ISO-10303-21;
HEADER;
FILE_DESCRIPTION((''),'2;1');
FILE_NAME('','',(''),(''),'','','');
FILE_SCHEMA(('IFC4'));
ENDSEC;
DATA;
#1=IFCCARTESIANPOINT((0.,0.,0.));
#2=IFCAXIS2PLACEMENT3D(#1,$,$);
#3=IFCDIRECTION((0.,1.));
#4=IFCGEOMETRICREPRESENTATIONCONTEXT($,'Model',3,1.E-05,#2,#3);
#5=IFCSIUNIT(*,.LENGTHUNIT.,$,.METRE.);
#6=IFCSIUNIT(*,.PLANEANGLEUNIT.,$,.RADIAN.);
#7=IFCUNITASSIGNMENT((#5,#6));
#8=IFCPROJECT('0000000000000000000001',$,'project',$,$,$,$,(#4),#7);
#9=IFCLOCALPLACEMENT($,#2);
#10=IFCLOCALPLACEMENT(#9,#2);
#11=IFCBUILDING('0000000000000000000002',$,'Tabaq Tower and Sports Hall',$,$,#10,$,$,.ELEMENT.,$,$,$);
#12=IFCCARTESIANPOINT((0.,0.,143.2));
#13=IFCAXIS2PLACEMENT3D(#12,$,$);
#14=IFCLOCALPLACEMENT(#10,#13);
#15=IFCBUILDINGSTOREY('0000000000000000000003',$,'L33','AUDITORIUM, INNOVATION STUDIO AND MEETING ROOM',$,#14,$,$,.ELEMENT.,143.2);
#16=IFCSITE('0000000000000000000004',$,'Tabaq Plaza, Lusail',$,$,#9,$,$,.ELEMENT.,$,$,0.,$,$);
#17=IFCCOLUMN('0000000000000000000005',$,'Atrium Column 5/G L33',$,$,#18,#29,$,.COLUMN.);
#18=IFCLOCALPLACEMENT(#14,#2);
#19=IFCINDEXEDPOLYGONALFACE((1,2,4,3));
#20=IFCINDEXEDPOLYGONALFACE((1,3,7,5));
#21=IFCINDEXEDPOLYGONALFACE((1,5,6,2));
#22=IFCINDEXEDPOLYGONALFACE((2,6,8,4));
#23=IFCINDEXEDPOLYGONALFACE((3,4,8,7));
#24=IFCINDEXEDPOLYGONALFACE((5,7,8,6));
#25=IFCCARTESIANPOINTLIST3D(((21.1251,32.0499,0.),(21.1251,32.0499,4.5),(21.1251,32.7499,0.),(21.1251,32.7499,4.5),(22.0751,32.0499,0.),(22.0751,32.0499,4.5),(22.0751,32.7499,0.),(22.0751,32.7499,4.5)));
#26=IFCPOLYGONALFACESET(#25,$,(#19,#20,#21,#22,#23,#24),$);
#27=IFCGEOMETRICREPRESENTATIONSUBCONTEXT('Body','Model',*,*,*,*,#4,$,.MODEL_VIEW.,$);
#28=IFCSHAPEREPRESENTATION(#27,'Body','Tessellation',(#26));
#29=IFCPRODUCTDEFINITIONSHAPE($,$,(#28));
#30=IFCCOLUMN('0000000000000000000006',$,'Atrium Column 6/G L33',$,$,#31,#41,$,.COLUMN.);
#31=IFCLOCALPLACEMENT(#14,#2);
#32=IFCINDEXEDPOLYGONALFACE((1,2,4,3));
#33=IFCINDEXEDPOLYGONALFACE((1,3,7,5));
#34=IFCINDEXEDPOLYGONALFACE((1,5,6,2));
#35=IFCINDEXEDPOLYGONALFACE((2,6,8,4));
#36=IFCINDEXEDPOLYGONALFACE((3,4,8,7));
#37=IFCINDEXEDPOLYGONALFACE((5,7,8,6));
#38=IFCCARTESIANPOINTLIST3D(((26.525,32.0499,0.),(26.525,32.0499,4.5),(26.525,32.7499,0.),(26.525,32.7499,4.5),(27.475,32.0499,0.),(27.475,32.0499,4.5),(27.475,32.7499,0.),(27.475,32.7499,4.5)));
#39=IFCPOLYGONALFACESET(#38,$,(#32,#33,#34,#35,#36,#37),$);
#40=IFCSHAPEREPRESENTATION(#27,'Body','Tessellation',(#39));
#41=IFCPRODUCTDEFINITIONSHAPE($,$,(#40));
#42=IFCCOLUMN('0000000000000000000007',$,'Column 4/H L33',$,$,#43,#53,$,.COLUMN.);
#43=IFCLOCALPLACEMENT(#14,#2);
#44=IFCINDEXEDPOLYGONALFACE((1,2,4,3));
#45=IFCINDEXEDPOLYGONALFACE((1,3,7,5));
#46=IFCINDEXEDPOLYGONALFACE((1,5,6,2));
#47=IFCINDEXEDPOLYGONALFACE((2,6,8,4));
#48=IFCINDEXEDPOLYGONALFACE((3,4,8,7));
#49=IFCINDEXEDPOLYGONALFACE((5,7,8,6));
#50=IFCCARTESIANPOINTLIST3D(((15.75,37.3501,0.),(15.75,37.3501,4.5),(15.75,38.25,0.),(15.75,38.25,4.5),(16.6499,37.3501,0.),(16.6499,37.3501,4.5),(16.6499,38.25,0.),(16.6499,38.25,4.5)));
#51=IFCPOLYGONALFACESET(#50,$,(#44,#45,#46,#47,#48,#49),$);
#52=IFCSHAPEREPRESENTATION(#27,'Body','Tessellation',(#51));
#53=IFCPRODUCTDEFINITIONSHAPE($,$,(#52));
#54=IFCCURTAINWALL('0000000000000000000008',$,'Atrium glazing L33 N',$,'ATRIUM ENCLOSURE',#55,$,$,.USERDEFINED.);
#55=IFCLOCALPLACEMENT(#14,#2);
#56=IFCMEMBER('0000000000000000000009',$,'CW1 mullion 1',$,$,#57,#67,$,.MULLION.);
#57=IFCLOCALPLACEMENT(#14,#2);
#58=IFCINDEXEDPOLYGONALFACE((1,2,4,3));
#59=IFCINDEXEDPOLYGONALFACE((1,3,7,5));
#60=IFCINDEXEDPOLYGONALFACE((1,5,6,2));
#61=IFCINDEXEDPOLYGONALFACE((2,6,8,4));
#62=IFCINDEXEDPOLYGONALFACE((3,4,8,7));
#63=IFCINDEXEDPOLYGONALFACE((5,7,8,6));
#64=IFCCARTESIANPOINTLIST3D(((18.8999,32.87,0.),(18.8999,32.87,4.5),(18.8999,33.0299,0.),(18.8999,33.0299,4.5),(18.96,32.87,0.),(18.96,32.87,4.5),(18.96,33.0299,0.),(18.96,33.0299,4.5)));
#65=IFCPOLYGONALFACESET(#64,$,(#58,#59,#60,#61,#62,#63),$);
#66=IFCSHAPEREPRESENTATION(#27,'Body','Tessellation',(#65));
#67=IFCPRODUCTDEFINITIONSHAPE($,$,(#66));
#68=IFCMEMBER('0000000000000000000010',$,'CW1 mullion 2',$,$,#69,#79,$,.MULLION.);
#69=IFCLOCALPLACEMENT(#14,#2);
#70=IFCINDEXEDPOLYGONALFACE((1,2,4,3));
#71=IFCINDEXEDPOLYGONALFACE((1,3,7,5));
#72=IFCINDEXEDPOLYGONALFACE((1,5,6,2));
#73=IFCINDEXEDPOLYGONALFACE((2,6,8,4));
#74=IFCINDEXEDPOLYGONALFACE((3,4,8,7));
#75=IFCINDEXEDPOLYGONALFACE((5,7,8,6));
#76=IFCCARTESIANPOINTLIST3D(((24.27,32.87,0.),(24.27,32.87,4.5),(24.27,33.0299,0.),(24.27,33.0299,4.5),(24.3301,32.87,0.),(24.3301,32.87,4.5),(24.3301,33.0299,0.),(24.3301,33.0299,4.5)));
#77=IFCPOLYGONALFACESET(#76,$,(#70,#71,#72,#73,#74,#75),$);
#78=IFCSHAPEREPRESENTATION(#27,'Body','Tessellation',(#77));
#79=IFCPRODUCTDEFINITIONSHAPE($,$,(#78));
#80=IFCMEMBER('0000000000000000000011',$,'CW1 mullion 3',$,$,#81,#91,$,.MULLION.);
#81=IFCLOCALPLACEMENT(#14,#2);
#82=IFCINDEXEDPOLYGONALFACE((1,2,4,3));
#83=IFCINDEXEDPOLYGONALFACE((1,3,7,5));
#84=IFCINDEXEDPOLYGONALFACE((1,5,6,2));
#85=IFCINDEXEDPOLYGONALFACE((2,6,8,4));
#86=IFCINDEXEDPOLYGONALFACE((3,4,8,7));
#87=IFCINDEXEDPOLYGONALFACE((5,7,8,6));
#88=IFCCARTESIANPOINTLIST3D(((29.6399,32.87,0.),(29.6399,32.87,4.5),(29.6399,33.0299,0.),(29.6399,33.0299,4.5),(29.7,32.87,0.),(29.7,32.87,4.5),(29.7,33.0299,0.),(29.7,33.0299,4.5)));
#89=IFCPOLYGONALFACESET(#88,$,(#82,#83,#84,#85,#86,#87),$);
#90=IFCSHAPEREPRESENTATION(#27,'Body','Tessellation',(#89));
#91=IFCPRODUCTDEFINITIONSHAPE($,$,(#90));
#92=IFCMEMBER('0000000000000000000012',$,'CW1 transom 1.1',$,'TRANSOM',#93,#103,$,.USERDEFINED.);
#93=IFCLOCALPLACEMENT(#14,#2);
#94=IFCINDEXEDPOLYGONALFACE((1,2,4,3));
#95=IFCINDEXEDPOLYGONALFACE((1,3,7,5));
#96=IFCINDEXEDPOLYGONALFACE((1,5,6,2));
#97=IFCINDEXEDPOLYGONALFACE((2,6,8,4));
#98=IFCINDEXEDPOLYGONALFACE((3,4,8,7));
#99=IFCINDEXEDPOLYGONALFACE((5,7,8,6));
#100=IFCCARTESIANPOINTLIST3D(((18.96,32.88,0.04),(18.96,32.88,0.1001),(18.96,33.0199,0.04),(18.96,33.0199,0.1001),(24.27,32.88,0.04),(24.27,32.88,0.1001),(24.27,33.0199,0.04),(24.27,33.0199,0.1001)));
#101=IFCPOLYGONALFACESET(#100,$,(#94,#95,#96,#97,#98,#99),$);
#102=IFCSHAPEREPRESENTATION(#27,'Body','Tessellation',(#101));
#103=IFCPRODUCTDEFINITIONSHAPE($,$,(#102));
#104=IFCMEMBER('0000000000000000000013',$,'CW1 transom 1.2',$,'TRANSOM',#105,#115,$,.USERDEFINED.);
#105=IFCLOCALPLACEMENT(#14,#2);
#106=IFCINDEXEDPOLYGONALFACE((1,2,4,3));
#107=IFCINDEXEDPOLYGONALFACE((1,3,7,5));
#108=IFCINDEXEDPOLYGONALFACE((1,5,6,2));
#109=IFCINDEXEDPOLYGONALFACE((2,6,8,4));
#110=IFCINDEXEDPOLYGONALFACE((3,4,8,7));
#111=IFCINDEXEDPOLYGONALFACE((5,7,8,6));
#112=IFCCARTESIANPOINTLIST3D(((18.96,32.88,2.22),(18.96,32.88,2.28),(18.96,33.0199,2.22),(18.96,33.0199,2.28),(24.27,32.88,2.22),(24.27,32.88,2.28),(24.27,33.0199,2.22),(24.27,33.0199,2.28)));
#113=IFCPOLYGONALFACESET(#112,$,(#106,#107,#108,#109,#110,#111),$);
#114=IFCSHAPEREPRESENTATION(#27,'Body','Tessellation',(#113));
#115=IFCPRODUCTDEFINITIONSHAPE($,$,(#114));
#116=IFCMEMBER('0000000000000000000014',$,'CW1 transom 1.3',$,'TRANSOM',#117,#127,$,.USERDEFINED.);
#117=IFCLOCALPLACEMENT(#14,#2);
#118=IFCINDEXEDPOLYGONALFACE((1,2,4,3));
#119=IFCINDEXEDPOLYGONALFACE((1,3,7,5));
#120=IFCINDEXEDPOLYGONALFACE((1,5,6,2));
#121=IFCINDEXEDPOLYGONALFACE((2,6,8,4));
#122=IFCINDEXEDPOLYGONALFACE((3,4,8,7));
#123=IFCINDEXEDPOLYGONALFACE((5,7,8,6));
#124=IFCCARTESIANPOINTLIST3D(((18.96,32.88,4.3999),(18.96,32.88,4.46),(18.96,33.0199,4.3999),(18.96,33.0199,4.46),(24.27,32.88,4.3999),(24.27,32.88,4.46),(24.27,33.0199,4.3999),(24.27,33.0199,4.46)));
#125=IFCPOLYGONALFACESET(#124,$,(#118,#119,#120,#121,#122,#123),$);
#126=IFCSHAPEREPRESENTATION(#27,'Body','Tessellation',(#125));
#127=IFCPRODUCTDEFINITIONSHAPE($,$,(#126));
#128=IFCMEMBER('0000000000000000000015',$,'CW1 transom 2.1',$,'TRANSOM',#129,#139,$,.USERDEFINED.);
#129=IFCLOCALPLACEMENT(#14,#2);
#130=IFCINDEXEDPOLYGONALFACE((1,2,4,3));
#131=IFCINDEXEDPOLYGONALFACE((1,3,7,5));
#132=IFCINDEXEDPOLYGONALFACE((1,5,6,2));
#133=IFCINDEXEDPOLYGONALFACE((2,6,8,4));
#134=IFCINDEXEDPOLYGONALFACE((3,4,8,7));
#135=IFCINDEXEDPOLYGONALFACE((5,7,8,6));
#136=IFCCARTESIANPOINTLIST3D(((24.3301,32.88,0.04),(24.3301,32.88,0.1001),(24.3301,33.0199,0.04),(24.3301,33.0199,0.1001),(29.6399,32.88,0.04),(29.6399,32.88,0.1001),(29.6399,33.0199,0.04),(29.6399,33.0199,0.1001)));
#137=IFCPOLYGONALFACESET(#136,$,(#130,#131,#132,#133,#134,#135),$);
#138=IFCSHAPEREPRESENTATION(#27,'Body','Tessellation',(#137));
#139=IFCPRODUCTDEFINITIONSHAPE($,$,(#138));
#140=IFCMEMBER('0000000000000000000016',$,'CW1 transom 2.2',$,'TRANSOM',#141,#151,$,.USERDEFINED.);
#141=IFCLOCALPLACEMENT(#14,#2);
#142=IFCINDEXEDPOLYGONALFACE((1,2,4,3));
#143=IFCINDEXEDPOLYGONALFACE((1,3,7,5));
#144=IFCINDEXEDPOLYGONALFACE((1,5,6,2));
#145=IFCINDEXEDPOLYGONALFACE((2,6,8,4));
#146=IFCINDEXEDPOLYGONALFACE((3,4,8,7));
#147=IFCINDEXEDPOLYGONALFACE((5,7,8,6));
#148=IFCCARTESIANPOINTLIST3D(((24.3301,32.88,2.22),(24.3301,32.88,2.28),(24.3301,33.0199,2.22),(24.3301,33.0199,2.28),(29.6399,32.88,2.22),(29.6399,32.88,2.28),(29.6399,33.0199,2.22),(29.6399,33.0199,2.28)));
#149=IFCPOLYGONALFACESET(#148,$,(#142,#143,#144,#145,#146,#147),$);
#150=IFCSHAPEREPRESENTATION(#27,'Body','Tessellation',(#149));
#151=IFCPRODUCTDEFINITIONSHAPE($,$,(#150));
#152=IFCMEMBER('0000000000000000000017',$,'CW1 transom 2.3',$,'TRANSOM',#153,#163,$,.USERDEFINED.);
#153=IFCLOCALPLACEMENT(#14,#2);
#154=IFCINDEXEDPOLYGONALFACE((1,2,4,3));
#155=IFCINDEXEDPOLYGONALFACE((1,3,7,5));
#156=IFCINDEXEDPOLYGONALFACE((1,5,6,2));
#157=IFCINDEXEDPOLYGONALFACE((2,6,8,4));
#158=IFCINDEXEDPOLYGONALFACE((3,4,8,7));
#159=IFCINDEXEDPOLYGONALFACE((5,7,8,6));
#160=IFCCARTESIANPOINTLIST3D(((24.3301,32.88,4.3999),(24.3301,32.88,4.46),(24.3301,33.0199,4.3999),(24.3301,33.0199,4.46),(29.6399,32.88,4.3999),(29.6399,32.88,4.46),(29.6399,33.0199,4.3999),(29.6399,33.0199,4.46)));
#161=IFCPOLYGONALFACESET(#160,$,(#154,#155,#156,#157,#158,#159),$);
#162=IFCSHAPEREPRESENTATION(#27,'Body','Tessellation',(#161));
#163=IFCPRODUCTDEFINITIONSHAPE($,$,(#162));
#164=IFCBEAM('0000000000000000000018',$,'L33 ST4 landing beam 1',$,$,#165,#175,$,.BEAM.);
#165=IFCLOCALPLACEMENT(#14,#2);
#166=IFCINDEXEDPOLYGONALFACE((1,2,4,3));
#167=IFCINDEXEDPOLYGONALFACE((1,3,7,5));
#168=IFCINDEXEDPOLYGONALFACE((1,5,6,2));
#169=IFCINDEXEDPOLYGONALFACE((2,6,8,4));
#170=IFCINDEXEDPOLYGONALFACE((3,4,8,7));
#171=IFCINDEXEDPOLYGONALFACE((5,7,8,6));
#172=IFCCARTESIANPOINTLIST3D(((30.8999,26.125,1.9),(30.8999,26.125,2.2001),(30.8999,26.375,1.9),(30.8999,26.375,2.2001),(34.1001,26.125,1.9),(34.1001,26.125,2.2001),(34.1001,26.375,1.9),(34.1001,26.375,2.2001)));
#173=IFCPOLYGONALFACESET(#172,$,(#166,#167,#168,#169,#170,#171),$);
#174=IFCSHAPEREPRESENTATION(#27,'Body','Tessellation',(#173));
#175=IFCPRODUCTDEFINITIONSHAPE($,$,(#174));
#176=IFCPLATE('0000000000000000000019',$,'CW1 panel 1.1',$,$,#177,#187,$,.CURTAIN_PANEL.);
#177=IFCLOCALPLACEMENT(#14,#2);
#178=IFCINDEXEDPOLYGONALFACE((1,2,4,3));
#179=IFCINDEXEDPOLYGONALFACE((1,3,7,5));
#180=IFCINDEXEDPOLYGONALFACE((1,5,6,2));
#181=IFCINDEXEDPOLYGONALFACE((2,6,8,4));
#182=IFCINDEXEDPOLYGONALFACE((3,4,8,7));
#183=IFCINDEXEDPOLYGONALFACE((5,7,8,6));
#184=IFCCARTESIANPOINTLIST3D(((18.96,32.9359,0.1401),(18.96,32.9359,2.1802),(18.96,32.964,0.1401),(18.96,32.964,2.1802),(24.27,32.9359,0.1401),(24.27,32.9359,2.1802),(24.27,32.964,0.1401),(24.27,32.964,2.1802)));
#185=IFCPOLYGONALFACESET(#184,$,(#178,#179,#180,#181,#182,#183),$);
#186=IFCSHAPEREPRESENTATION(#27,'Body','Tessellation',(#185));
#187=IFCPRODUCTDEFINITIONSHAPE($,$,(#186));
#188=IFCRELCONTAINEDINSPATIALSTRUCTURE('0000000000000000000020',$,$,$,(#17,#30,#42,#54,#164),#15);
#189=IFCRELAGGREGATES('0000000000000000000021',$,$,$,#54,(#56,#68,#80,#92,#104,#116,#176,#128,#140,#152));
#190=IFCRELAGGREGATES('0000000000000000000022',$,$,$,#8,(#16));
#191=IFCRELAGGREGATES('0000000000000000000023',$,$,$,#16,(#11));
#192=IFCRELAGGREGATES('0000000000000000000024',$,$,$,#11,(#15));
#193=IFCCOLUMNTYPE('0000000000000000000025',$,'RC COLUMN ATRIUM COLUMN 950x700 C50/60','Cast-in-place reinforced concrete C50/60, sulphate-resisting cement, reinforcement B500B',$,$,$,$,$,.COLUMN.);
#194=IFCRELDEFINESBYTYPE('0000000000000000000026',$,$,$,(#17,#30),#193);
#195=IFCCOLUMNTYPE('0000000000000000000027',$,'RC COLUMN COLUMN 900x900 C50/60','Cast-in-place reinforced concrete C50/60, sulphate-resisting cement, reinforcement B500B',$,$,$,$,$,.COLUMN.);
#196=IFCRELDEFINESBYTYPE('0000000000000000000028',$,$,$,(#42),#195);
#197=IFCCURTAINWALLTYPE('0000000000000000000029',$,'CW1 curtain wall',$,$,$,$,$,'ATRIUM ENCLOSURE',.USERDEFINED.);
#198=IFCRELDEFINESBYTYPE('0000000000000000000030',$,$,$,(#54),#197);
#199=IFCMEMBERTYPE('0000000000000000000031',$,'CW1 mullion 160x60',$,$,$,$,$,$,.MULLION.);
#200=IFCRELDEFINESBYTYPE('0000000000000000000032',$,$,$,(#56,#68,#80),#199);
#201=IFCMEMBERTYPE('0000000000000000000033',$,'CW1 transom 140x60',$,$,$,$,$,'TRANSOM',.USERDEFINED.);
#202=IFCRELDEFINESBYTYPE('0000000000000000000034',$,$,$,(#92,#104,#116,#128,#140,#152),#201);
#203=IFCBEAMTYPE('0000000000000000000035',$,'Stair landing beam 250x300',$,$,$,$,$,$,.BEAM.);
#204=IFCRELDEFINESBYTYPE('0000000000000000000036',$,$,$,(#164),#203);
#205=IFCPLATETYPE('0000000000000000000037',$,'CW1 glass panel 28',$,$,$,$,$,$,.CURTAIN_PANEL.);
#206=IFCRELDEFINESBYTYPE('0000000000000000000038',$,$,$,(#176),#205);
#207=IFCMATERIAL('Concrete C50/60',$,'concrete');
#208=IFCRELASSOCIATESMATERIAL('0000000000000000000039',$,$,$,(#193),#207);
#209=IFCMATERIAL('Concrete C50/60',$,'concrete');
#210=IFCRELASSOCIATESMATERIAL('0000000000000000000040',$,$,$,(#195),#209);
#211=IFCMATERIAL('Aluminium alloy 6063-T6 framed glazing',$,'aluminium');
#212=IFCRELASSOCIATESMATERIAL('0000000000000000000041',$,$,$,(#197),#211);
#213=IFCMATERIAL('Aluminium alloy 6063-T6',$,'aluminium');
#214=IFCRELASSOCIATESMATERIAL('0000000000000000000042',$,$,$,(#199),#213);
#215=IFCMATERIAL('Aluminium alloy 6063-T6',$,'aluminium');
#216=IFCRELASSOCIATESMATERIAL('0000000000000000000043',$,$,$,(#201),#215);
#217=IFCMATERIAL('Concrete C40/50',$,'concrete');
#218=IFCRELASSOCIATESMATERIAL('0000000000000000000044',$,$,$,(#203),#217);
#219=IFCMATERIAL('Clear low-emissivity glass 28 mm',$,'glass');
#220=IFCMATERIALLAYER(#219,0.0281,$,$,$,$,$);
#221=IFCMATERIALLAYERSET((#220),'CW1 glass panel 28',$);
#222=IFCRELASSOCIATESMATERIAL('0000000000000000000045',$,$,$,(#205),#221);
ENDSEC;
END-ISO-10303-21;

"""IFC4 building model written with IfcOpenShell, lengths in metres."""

from ifc_helpers import new_model, si_unit, direction, frame, origin, origin_2d, place, context, subcontext, project, spatial, rectangle, extrude, material, layer, layer_set, material_profile, profile_set, type_object, element, aggregate, save


model = new_model("IFC4")

# Units and contexts
model_context = context("Model", 3, precision=1e-05, world=origin(), true_north=direction((0.0, 1.0)))
body_context = subcontext(model_context, "Body", "Model", "MODEL_VIEW")
ifc_project = project(units=[si_unit("LENGTHUNIT", "METRE"), si_unit("PLANEANGLEUNIT", "RADIAN")], contexts=[model_context])

# Site, building, storey
site_placement = place(None, origin())
site = spatial("IfcSite", under=ifc_project, at=site_placement, Name="Tabaq Plaza, Lusail", CompositionType="ELEMENT", RefElevation=0.0)
building_placement = place(site_placement, origin())
building = spatial("IfcBuilding", under=site, at=building_placement, Name="Tabaq Tower and Sports Hall", CompositionType="ELEMENT")
storey_placement = place(building_placement, frame((0.0, 0.0, 143.2)))
storey = spatial("IfcBuildingStorey", under=building, at=storey_placement, Name="L33", Description="AUDITORIUM, INNOVATION STUDIO AND MEETING ROOM", CompositionType="ELEMENT", Elevation=143.2)

# Columns
ifc_material_1 = material(Name="Concrete C50/60", Category="concrete")
ifc_material_profile_1 = material_profile(ifc_material_1, rectangle(XDim=0.95, YDim=0.7, at=origin_2d()), Name="ATRIUM COLUMN 950x700")
ifc_profile_set_1 = profile_set([ifc_material_profile_1], Name="Concrete C50/60")
column_type_1 = type_object("IfcColumnType", Name="RC COLUMN ATRIUM COLUMN 950x700 C50/60", Description="Cast-in-place reinforced concrete C50/60, sulphate-resisting cement, reinforcement B500B", PredefinedType="COLUMN", material=ifc_profile_set_1)
for number, where, z_axis, x_axis, name in (
    (1, (21.6001, 32.3999, 0.0), (0.0, 0.0, 1.0), (1.0, 0.0, 0.0), "Atrium Column 5/G L33"),
    (2, (27.0, 32.3999, 0.0), (0.0, 0.0, 1.0), (1.0, 0.0, 0.0), "Atrium Column 6/G L33"),
):
    element("IfcColumn", number, at=place(storey_placement, frame(where, z_axis=z_axis, x_axis=x_axis)), inside=storey, type_object=column_type_1, Name=name, PredefinedType="COLUMN", context=body_context, shape_type="SweptSolid", body=[
        extrude(rectangle(XDim=0.95, YDim=0.7, at=origin_2d()), origin(), (0.0, 0.0, 1.0), 4.5),
    ])
ifc_material_2 = material(Name="Concrete C50/60", Category="concrete")
ifc_material_profile_2 = material_profile(ifc_material_2, rectangle(XDim=0.8999, YDim=0.8999, at=origin_2d()), Name="COLUMN 900x900")
ifc_profile_set_2 = profile_set([ifc_material_profile_2], Name="Concrete C50/60")
column_type_2 = type_object("IfcColumnType", Name="RC COLUMN COLUMN 900x900 C50/60", Description="Cast-in-place reinforced concrete C50/60, sulphate-resisting cement, reinforcement B500B", PredefinedType="COLUMN", material=ifc_profile_set_2)
column_placement = place(storey_placement, frame((16.2, 37.8, 0.0), z_axis=(0.0, 0.0, 1.0), x_axis=(1.0, 0.0, 0.0)))
element("IfcColumn", 3, at=column_placement, inside=storey, type_object=column_type_2, Name="Column 4/H L33", PredefinedType="COLUMN", context=body_context, shape_type="SweptSolid", body=[
    extrude(rectangle(XDim=0.8999, YDim=0.8999, at=origin_2d()), origin(), (0.0, 0.0, 1.0), 4.5),
])

# Curtain wall, members
ifc_material_3 = material(Name="Aluminium alloy 6063-T6 framed glazing", Category="aluminium")
curtain_wall_type = type_object("IfcCurtainWallType", Name="CW1 curtain wall", ElementType="ATRIUM ENCLOSURE", PredefinedType="USERDEFINED", material=ifc_material_3)
curtain_wall_placement = place(storey_placement, origin())
curtain_wall = element("IfcCurtainWall", 4, at=curtain_wall_placement, inside=storey, type_object=curtain_wall_type, Name="Atrium glazing L33 N", ObjectType="ATRIUM ENCLOSURE", PredefinedType="USERDEFINED")
ifc_material_4 = material(Name="Aluminium alloy 6063-T6", Category="aluminium")
ifc_material_profile_3 = material_profile(ifc_material_4, rectangle(XDim=0.1599, YDim=0.0601, at=origin_2d()), Name="MULLION 160x60")
ifc_profile_set_3 = profile_set([ifc_material_profile_3], Name="Aluminium alloy 6063-T6")
member_type_1 = type_object("IfcMemberType", Name="CW1 mullion 160x60", PredefinedType="MULLION", material=ifc_profile_set_3)
member_1_placement = place(storey_placement, frame((18.9299, 32.95, 0.0), z_axis=(0.0, 0.0, 1.0), x_axis=(0.0, 1.0, 0.0)))
member_1 = element("IfcMember", 5, at=member_1_placement, type_object=member_type_1, Name="CW1 mullion 1", PredefinedType="MULLION", context=body_context, shape_type="SweptSolid", body=[
    extrude(rectangle(XDim=0.1599, YDim=0.0601, at=origin_2d()), origin(), (0.0, 0.0, 1.0), 4.5),
])
member_2_placement = place(storey_placement, frame((24.3, 32.95, 0.0), z_axis=(0.0, 0.0, 1.0), x_axis=(0.0, 1.0, 0.0)))
member_2 = element("IfcMember", 6, at=member_2_placement, type_object=member_type_1, Name="CW1 mullion 2", PredefinedType="MULLION", context=body_context, shape_type="SweptSolid", body=[
    extrude(rectangle(XDim=0.1599, YDim=0.0601, at=origin_2d()), origin(), (0.0, 0.0, 1.0), 4.5),
])
member_3_placement = place(storey_placement, frame((29.6699, 32.95, 0.0), z_axis=(0.0, 0.0, 1.0), x_axis=(0.0, 1.0, 0.0)))
member_3 = element("IfcMember", 7, at=member_3_placement, type_object=member_type_1, Name="CW1 mullion 3", PredefinedType="MULLION", context=body_context, shape_type="SweptSolid", body=[
    extrude(rectangle(XDim=0.1599, YDim=0.0601, at=origin_2d()), origin(), (0.0, 0.0, 1.0), 4.5),
])
ifc_material_5 = material(Name="Aluminium alloy 6063-T6", Category="aluminium")
ifc_material_profile_4 = material_profile(ifc_material_5, rectangle(XDim=0.1399, YDim=0.0601, at=origin_2d()), Name="TRANSOM 140x60")
ifc_profile_set_4 = profile_set([ifc_material_profile_4], Name="Aluminium alloy 6063-T6")
member_type_2 = type_object("IfcMemberType", Name="CW1 transom 140x60", ElementType="TRANSOM", PredefinedType="USERDEFINED", material=ifc_profile_set_4)
member_4_placement = place(storey_placement, frame((18.96, 32.95, 0.0701), z_axis=(1.0, 0.0, 0.0), x_axis=(0.0, 1.0, 0.0)))
member_4 = element("IfcMember", 8, at=member_4_placement, type_object=member_type_2, Name="CW1 transom 1.1", ObjectType="TRANSOM", PredefinedType="USERDEFINED", context=body_context, shape_type="SweptSolid", body=[
    extrude(rectangle(XDim=0.1399, YDim=0.0601, at=origin_2d()), origin(), (0.0, 0.0, 1.0), 5.3101),
])
member_5_placement = place(storey_placement, frame((18.96, 32.95, 2.25), z_axis=(1.0, 0.0, 0.0), x_axis=(0.0, 1.0, 0.0)))
member_5 = element("IfcMember", 9, at=member_5_placement, type_object=member_type_2, Name="CW1 transom 1.2", ObjectType="TRANSOM", PredefinedType="USERDEFINED", context=body_context, shape_type="SweptSolid", body=[
    extrude(rectangle(XDim=0.1399, YDim=0.0601, at=origin_2d()), origin(), (0.0, 0.0, 1.0), 5.3101),
])
member_6_placement = place(storey_placement, frame((18.96, 32.95, 4.4299), z_axis=(1.0, 0.0, 0.0), x_axis=(0.0, 1.0, 0.0)))
member_6 = element("IfcMember", 10, at=member_6_placement, type_object=member_type_2, Name="CW1 transom 1.3", ObjectType="TRANSOM", PredefinedType="USERDEFINED", context=body_context, shape_type="SweptSolid", body=[
    extrude(rectangle(XDim=0.1399, YDim=0.0601, at=origin_2d()), origin(), (0.0, 0.0, 1.0), 5.3101),
])
member_7_placement = place(storey_placement, frame((24.3301, 32.95, 0.0701), z_axis=(1.0, 0.0, 0.0), x_axis=(0.0, 1.0, 0.0)))
member_7 = element("IfcMember", 11, at=member_7_placement, type_object=member_type_2, Name="CW1 transom 2.1", ObjectType="TRANSOM", PredefinedType="USERDEFINED", context=body_context, shape_type="SweptSolid", body=[
    extrude(rectangle(XDim=0.1399, YDim=0.0601, at=origin_2d()), origin(), (0.0, 0.0, 1.0), 5.3098),
])
member_8_placement = place(storey_placement, frame((24.3301, 32.95, 2.25), z_axis=(1.0, 0.0, 0.0), x_axis=(0.0, 1.0, 0.0)))
member_8 = element("IfcMember", 12, at=member_8_placement, type_object=member_type_2, Name="CW1 transom 2.2", ObjectType="TRANSOM", PredefinedType="USERDEFINED", context=body_context, shape_type="SweptSolid", body=[
    extrude(rectangle(XDim=0.1399, YDim=0.0601, at=origin_2d()), origin(), (0.0, 0.0, 1.0), 5.3098),
])
member_9_placement = place(storey_placement, frame((24.3301, 32.95, 4.4299), z_axis=(1.0, 0.0, 0.0), x_axis=(0.0, 1.0, 0.0)))
member_9 = element("IfcMember", 13, at=member_9_placement, type_object=member_type_2, Name="CW1 transom 2.3", ObjectType="TRANSOM", PredefinedType="USERDEFINED", context=body_context, shape_type="SweptSolid", body=[
    extrude(rectangle(XDim=0.1399, YDim=0.0601, at=origin_2d()), origin(), (0.0, 0.0, 1.0), 5.3098),
])

# Beam
ifc_material_6 = material(Name="Concrete C40/50", Category="concrete")
ifc_material_profile_5 = material_profile(ifc_material_6, rectangle(XDim=0.25, YDim=0.3, at=origin_2d()), Name="RC 250x300")
ifc_profile_set_5 = profile_set([ifc_material_profile_5], Name="Concrete C40/50")
beam_type = type_object("IfcBeamType", Name="Stair landing beam 250x300", PredefinedType="BEAM", material=ifc_profile_set_5)
beam_placement = place(storey_placement, frame((30.8999, 26.25, 2.05), z_axis=(1.0, 0.0, 0.0), x_axis=(0.0, 1.0, 0.0)))
element("IfcBeam", 14, at=beam_placement, inside=storey, type_object=beam_type, Name="L33 ST4 landing beam 1", PredefinedType="BEAM", context=body_context, shape_type="SweptSolid", body=[
    extrude(rectangle(XDim=0.25, YDim=0.3, at=origin_2d()), origin(), (0.0, 0.0, 1.0), 3.2002),
])

# Plate
ifc_material_7 = material(Name="Clear low-emissivity glass 28 mm", Category="glass")
ifc_layer_1 = layer(ifc_material_7, 0.0281)
ifc_layer_set_1 = layer_set([ifc_layer_1], Name="CW1 glass panel 28")
plate_type = type_object("IfcPlateType", Name="CW1 glass panel 28", PredefinedType="CURTAIN_PANEL", material=ifc_layer_set_1)
plate_1_placement = place(storey_placement, frame((21.615, 32.95, 0.1401), z_axis=(0.0, 0.0, 1.0), x_axis=(1.0, 0.0, 0.0)))
plate_1 = element("IfcPlate", 15, at=plate_1_placement, type_object=plate_type, Name="CW1 panel 1.1", PredefinedType="CURTAIN_PANEL", context=body_context, shape_type="SweptSolid", body=[
    extrude(rectangle(XDim=5.3101, YDim=0.0281, at=origin_2d()), origin(), (0.0, 0.0, 1.0), 2.04),
])
aggregate(curtain_wall, [member_1, member_2, member_3, member_4, member_5, member_6, plate_1, member_7, member_8, member_9])

save(model, "model.ifc")
